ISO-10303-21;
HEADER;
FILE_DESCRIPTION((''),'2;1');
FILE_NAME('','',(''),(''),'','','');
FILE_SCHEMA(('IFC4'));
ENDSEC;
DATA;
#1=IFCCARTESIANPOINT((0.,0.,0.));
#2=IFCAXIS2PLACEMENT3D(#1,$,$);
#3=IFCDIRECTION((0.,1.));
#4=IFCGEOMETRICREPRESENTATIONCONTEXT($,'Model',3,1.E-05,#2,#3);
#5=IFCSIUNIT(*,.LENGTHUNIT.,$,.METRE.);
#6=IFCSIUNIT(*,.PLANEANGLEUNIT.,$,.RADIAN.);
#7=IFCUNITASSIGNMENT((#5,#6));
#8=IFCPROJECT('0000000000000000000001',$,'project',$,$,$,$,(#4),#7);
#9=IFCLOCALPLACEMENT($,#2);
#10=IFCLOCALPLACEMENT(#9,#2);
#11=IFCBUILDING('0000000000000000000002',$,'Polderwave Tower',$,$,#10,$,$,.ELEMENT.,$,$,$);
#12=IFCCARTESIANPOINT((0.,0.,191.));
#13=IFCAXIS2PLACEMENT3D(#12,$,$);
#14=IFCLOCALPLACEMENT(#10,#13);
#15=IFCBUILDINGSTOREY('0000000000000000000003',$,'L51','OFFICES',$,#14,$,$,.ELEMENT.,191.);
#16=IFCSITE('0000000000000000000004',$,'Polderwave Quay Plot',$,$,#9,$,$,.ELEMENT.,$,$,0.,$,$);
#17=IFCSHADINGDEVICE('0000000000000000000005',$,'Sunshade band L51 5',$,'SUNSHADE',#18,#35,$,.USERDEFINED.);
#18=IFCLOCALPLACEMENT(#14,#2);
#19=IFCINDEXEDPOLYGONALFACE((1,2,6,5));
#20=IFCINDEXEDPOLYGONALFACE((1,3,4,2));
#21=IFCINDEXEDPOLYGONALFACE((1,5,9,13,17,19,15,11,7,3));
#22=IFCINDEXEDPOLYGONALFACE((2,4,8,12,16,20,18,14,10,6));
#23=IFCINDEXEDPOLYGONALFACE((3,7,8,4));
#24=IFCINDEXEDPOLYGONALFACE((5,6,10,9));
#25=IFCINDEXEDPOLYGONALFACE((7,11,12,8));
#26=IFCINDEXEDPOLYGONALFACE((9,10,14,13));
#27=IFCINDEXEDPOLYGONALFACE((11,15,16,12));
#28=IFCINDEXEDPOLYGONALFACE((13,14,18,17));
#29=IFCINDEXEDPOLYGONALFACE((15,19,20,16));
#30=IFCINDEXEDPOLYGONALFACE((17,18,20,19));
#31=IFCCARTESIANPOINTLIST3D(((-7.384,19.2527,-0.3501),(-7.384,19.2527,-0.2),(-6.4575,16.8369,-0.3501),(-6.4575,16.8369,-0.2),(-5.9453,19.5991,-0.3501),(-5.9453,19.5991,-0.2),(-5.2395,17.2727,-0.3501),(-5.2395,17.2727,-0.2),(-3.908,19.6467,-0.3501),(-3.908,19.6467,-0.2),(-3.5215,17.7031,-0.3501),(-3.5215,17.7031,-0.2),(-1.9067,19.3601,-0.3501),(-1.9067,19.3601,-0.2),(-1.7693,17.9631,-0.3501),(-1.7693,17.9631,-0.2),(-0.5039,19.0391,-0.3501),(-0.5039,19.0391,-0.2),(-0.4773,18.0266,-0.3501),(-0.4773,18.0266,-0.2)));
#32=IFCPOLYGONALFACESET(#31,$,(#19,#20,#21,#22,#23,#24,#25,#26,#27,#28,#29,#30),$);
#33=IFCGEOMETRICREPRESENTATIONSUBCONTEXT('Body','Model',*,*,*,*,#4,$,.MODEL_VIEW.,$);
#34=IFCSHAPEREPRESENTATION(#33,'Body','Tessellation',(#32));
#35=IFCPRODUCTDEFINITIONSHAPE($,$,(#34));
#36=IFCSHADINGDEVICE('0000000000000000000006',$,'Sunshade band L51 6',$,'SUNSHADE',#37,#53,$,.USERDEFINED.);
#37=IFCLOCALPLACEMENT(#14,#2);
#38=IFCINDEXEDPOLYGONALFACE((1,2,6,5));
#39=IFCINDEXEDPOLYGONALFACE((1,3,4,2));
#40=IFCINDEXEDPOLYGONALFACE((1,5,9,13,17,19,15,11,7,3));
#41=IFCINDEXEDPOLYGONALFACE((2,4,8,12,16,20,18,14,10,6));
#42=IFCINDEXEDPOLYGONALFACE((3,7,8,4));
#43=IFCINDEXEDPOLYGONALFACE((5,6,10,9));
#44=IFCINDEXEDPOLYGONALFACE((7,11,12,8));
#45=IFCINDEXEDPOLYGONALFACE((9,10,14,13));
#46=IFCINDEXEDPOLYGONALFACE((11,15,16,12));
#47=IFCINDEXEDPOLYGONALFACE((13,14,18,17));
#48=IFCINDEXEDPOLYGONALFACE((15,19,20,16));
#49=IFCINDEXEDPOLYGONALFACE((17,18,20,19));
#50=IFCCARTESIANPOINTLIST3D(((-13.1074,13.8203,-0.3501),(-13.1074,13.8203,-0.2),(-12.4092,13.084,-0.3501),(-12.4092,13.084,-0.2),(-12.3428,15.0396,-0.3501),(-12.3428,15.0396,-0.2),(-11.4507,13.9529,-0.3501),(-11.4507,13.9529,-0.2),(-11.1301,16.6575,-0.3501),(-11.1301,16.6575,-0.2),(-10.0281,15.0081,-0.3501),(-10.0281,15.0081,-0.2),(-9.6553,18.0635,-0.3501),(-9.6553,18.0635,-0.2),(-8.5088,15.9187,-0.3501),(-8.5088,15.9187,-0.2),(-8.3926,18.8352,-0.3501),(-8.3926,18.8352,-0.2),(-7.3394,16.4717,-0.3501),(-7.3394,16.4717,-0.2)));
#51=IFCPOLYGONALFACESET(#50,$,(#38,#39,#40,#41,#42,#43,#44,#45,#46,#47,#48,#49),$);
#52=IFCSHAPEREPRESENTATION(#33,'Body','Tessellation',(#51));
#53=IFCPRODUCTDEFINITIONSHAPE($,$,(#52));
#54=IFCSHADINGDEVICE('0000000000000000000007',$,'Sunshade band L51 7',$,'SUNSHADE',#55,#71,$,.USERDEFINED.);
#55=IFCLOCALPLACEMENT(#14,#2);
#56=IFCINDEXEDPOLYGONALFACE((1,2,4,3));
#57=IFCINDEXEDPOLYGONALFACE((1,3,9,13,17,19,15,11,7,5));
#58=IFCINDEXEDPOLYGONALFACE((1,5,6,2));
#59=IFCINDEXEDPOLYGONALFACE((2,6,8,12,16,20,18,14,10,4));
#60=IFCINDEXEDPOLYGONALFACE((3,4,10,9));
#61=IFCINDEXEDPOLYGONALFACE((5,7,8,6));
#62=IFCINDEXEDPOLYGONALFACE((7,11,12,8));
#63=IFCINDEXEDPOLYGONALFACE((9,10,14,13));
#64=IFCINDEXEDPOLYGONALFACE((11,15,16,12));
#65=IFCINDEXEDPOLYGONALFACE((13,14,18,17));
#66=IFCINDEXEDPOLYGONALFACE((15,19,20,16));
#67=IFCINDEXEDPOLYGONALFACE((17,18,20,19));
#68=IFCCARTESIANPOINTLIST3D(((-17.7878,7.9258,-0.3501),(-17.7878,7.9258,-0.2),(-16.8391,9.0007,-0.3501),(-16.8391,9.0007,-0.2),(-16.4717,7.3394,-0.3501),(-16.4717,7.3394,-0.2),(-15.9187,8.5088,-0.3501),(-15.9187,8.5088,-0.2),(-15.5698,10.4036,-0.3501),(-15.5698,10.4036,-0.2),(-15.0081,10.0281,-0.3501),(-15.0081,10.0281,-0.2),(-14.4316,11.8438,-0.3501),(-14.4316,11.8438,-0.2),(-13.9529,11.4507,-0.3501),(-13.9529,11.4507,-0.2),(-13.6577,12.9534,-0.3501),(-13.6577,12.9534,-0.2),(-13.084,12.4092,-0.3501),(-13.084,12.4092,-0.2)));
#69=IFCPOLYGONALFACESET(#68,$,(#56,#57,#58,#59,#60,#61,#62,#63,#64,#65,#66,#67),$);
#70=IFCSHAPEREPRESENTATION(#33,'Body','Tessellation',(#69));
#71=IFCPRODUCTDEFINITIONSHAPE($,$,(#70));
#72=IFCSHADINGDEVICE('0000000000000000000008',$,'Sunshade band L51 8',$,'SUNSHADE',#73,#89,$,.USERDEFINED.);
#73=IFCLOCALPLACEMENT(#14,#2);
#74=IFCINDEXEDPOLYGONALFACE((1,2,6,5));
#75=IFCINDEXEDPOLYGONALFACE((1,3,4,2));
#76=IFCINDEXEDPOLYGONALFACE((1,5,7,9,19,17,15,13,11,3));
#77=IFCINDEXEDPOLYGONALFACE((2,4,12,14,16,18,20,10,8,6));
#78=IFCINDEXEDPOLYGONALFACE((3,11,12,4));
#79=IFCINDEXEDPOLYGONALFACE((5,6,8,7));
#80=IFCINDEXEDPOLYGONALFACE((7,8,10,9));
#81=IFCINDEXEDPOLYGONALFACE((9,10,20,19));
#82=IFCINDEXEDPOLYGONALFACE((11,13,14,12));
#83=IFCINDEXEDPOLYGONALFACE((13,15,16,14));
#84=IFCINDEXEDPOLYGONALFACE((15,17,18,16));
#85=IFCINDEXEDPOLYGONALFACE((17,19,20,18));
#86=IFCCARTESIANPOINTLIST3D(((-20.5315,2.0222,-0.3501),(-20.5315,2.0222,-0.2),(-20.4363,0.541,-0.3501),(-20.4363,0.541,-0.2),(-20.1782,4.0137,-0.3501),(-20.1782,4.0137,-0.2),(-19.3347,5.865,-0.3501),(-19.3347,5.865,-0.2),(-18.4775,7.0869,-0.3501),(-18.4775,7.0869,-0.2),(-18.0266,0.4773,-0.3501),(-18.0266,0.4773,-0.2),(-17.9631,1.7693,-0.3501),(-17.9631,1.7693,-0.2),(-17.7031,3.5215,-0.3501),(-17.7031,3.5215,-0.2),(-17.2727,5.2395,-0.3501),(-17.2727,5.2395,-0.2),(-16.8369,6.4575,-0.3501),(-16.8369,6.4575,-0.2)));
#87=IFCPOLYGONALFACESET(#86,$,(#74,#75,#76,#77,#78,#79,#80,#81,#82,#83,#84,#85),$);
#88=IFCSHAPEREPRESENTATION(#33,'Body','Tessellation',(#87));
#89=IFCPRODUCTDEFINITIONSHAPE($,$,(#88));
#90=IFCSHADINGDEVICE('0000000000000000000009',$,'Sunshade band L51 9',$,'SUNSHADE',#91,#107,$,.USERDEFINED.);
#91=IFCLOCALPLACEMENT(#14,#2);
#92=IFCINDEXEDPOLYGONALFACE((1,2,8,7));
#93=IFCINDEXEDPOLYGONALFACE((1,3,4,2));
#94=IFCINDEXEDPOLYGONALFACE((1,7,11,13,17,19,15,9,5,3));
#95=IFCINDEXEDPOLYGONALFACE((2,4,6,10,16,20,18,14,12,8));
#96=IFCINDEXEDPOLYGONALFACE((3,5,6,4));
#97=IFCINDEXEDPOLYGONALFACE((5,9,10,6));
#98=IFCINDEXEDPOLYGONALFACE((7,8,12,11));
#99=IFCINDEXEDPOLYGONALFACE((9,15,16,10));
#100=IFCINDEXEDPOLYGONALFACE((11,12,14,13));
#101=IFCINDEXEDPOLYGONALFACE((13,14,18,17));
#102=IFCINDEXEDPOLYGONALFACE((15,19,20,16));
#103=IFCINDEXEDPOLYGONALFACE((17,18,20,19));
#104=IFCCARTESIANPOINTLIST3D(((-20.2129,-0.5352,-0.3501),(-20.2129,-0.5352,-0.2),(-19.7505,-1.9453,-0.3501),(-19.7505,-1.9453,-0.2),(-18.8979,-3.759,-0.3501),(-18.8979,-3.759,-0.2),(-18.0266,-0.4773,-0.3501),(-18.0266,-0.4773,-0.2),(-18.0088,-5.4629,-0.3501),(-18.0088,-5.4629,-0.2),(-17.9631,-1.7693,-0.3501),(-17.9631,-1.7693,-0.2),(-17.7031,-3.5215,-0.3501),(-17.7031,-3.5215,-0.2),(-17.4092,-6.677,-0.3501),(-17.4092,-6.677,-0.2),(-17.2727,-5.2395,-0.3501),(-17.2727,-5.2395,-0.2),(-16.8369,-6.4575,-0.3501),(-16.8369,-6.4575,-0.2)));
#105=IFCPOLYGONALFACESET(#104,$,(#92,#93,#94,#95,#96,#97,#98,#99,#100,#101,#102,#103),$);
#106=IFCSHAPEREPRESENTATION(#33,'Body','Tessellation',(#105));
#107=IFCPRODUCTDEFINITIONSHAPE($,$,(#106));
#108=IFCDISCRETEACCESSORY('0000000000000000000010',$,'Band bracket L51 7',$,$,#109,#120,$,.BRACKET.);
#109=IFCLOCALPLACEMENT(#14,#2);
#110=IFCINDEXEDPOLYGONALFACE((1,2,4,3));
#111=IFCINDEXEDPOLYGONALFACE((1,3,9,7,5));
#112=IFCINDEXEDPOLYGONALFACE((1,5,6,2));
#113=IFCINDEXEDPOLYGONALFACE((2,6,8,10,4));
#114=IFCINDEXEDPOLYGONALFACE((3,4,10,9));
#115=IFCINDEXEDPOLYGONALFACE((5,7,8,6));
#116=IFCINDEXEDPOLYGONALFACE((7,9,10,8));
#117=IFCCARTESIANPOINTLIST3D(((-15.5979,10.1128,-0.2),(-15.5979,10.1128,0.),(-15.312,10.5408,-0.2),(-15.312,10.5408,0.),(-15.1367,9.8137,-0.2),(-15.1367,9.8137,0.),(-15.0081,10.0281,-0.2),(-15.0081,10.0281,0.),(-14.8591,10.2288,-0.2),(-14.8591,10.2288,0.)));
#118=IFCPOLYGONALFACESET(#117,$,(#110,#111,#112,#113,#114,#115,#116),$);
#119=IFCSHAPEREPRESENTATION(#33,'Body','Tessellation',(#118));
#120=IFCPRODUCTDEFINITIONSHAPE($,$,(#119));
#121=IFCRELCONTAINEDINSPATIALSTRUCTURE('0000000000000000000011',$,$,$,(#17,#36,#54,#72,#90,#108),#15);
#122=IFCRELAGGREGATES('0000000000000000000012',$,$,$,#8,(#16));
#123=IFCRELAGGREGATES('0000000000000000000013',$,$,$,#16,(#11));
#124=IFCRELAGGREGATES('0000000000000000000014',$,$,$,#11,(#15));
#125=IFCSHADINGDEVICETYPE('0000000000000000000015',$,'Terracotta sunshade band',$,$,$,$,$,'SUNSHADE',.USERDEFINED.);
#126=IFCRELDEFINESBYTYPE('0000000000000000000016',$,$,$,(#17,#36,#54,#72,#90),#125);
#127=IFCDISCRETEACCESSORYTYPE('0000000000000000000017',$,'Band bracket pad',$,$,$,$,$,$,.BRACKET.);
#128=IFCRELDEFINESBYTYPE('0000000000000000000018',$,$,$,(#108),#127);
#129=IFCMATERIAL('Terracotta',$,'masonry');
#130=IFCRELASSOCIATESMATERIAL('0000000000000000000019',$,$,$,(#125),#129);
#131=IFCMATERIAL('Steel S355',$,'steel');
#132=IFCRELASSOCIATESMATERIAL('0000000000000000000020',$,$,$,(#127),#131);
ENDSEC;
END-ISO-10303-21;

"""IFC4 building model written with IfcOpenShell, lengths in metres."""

from ifc_helpers import new_model, si_unit, direction, frame, origin, place, context, subcontext, project, spatial, polyline, outline, extrude, material, type_object, element, save


model = new_model("IFC4")

# Units and contexts
model_context = context("Model", 3, precision=1e-05, world=origin(), true_north=direction((0.0, 1.0)))
body_context = subcontext(model_context, "Body", "Model", "MODEL_VIEW")
ifc_project = project(units=[si_unit("LENGTHUNIT", "METRE"), si_unit("PLANEANGLEUNIT", "RADIAN")], contexts=[model_context])

# Site, building, storey
site_placement = place(None, origin())
site = spatial("IfcSite", under=ifc_project, at=site_placement, Name="Polderwave Quay Plot", CompositionType="ELEMENT", RefElevation=0.0)
building_placement = place(site_placement, origin())
building = spatial("IfcBuilding", under=site, at=building_placement, Name="Polderwave Tower", CompositionType="ELEMENT")
storey_placement = place(building_placement, frame((0.0, 0.0, 191.0)))
storey = spatial("IfcBuildingStorey", under=building, at=storey_placement, Name="L51", Description="OFFICES", CompositionType="ELEMENT", Elevation=191.0)

# Shared definitions
ifc_material_1 = material(Name="Steel S355", Category="steel")

# Shading devices
ifc_material_2 = material(Name="Terracotta", Category="masonry")
shading_device_type = type_object("IfcShadingDeviceType", Name="Terracotta sunshade band", ElementType="SUNSHADE", PredefinedType="USERDEFINED", material=ifc_material_2)
shading_device_1_placement = place(storey_placement, frame((0.0, 0.0, -0.3501)))
element("IfcShadingDevice", 1, at=shading_device_1_placement, inside=storey, type_object=shading_device_type, Name="Sunshade band L51 5", ObjectType="SUNSHADE", PredefinedType="USERDEFINED", context=body_context, shape_type="SweptSolid", body=[
    extrude(outline(polyline([(-0.4773, 18.0266), (-1.7693, 17.9631), (-3.5215, 17.7031), (-5.2395, 17.2727), (-6.4575, 16.8369), (-7.384, 19.2527), (-5.9453, 19.5991), (-3.908, 19.6467), (-1.9067, 19.3601), (-0.5039, 19.0391), (-0.4773, 18.0266)])), origin(), (0.0, 0.0, 1.0), 0.1501),
])
shading_device_2_placement = place(storey_placement, frame((0.0, 0.0, -0.3501)))
element("IfcShadingDevice", 2, at=shading_device_2_placement, inside=storey, type_object=shading_device_type, Name="Sunshade band L51 6", ObjectType="SUNSHADE", PredefinedType="USERDEFINED", context=body_context, shape_type="SweptSolid", body=[
    extrude(outline(polyline([(-7.3394, 16.4717), (-8.5088, 15.9187), (-10.0281, 15.0081), (-11.4507, 13.9529), (-12.4092, 13.084), (-13.1074, 13.8203), (-12.3428, 15.0396), (-11.1301, 16.6575), (-9.6553, 18.0635), (-8.3926, 18.8352), (-7.3394, 16.4717)])), origin(), (0.0, 0.0, 1.0), 0.1501),
])
shading_device_3_placement = place(storey_placement, frame((0.0, 0.0, -0.3501)))
element("IfcShadingDevice", 3, at=shading_device_3_placement, inside=storey, type_object=shading_device_type, Name="Sunshade band L51 7", ObjectType="SUNSHADE", PredefinedType="USERDEFINED", context=body_context, shape_type="SweptSolid", body=[
    extrude(outline(polyline([(-13.084, 12.4092), (-13.9529, 11.4507), (-15.0081, 10.0281), (-15.9187, 8.5088), (-16.4717, 7.3394), (-17.7878, 7.9258), (-16.8391, 9.0007), (-15.5698, 10.4036), (-14.4316, 11.8438), (-13.6577, 12.9534), (-13.084, 12.4092)])), origin(), (0.0, 0.0, 1.0), 0.1501),
])
shading_device_4_placement = place(storey_placement, frame((0.0, 0.0, -0.3501)))
element("IfcShadingDevice", 4, at=shading_device_4_placement, inside=storey, type_object=shading_device_type, Name="Sunshade band L51 8", ObjectType="SUNSHADE", PredefinedType="USERDEFINED", context=body_context, shape_type="SweptSolid", body=[
    extrude(outline(polyline([(-16.8369, 6.4575), (-17.2727, 5.2395), (-17.7031, 3.5215), (-17.9631, 1.7693), (-18.0266, 0.4773), (-20.4363, 0.541), (-20.5315, 2.0222), (-20.1782, 4.0137), (-19.3347, 5.865), (-18.4775, 7.0869), (-16.8369, 6.4575)])), origin(), (0.0, 0.0, 1.0), 0.1501),
])
shading_device_5_placement = place(storey_placement, frame((0.0, 0.0, -0.3501)))
element("IfcShadingDevice", 5, at=shading_device_5_placement, inside=storey, type_object=shading_device_type, Name="Sunshade band L51 9", ObjectType="SUNSHADE", PredefinedType="USERDEFINED", context=body_context, shape_type="SweptSolid", body=[
    extrude(outline(polyline([(-18.0266, -0.4773), (-17.9631, -1.7693), (-17.7031, -3.5215), (-17.2727, -5.2395), (-16.8369, -6.4575), (-17.4092, -6.677), (-18.0088, -5.4629), (-18.8979, -3.759), (-19.7505, -1.9453), (-20.2129, -0.5352), (-18.0266, -0.4773)])), origin(), (0.0, 0.0, 1.0), 0.1501),
])

# Discrete accessory
discrete_accessory_type = type_object("IfcDiscreteAccessoryType", Name="Band bracket pad", PredefinedType="BRACKET", material=ifc_material_1)
discrete_accessory_placement = place(storey_placement, frame((0.0, 0.0, -0.2)))
element("IfcDiscreteAccessory", 6, at=discrete_accessory_placement, inside=storey, type_object=discrete_accessory_type, Name="Band bracket L51 7", PredefinedType="BRACKET", context=body_context, shape_type="SweptSolid", body=[
    extrude(outline(polyline([(-14.8591, 10.2288), (-15.0081, 10.0281), (-15.1367, 9.8137), (-15.5979, 10.1128), (-15.312, 10.5408), (-14.8591, 10.2288)])), origin(), (0.0, 0.0, 1.0), 0.2),
])

save(model, "model.ifc")
